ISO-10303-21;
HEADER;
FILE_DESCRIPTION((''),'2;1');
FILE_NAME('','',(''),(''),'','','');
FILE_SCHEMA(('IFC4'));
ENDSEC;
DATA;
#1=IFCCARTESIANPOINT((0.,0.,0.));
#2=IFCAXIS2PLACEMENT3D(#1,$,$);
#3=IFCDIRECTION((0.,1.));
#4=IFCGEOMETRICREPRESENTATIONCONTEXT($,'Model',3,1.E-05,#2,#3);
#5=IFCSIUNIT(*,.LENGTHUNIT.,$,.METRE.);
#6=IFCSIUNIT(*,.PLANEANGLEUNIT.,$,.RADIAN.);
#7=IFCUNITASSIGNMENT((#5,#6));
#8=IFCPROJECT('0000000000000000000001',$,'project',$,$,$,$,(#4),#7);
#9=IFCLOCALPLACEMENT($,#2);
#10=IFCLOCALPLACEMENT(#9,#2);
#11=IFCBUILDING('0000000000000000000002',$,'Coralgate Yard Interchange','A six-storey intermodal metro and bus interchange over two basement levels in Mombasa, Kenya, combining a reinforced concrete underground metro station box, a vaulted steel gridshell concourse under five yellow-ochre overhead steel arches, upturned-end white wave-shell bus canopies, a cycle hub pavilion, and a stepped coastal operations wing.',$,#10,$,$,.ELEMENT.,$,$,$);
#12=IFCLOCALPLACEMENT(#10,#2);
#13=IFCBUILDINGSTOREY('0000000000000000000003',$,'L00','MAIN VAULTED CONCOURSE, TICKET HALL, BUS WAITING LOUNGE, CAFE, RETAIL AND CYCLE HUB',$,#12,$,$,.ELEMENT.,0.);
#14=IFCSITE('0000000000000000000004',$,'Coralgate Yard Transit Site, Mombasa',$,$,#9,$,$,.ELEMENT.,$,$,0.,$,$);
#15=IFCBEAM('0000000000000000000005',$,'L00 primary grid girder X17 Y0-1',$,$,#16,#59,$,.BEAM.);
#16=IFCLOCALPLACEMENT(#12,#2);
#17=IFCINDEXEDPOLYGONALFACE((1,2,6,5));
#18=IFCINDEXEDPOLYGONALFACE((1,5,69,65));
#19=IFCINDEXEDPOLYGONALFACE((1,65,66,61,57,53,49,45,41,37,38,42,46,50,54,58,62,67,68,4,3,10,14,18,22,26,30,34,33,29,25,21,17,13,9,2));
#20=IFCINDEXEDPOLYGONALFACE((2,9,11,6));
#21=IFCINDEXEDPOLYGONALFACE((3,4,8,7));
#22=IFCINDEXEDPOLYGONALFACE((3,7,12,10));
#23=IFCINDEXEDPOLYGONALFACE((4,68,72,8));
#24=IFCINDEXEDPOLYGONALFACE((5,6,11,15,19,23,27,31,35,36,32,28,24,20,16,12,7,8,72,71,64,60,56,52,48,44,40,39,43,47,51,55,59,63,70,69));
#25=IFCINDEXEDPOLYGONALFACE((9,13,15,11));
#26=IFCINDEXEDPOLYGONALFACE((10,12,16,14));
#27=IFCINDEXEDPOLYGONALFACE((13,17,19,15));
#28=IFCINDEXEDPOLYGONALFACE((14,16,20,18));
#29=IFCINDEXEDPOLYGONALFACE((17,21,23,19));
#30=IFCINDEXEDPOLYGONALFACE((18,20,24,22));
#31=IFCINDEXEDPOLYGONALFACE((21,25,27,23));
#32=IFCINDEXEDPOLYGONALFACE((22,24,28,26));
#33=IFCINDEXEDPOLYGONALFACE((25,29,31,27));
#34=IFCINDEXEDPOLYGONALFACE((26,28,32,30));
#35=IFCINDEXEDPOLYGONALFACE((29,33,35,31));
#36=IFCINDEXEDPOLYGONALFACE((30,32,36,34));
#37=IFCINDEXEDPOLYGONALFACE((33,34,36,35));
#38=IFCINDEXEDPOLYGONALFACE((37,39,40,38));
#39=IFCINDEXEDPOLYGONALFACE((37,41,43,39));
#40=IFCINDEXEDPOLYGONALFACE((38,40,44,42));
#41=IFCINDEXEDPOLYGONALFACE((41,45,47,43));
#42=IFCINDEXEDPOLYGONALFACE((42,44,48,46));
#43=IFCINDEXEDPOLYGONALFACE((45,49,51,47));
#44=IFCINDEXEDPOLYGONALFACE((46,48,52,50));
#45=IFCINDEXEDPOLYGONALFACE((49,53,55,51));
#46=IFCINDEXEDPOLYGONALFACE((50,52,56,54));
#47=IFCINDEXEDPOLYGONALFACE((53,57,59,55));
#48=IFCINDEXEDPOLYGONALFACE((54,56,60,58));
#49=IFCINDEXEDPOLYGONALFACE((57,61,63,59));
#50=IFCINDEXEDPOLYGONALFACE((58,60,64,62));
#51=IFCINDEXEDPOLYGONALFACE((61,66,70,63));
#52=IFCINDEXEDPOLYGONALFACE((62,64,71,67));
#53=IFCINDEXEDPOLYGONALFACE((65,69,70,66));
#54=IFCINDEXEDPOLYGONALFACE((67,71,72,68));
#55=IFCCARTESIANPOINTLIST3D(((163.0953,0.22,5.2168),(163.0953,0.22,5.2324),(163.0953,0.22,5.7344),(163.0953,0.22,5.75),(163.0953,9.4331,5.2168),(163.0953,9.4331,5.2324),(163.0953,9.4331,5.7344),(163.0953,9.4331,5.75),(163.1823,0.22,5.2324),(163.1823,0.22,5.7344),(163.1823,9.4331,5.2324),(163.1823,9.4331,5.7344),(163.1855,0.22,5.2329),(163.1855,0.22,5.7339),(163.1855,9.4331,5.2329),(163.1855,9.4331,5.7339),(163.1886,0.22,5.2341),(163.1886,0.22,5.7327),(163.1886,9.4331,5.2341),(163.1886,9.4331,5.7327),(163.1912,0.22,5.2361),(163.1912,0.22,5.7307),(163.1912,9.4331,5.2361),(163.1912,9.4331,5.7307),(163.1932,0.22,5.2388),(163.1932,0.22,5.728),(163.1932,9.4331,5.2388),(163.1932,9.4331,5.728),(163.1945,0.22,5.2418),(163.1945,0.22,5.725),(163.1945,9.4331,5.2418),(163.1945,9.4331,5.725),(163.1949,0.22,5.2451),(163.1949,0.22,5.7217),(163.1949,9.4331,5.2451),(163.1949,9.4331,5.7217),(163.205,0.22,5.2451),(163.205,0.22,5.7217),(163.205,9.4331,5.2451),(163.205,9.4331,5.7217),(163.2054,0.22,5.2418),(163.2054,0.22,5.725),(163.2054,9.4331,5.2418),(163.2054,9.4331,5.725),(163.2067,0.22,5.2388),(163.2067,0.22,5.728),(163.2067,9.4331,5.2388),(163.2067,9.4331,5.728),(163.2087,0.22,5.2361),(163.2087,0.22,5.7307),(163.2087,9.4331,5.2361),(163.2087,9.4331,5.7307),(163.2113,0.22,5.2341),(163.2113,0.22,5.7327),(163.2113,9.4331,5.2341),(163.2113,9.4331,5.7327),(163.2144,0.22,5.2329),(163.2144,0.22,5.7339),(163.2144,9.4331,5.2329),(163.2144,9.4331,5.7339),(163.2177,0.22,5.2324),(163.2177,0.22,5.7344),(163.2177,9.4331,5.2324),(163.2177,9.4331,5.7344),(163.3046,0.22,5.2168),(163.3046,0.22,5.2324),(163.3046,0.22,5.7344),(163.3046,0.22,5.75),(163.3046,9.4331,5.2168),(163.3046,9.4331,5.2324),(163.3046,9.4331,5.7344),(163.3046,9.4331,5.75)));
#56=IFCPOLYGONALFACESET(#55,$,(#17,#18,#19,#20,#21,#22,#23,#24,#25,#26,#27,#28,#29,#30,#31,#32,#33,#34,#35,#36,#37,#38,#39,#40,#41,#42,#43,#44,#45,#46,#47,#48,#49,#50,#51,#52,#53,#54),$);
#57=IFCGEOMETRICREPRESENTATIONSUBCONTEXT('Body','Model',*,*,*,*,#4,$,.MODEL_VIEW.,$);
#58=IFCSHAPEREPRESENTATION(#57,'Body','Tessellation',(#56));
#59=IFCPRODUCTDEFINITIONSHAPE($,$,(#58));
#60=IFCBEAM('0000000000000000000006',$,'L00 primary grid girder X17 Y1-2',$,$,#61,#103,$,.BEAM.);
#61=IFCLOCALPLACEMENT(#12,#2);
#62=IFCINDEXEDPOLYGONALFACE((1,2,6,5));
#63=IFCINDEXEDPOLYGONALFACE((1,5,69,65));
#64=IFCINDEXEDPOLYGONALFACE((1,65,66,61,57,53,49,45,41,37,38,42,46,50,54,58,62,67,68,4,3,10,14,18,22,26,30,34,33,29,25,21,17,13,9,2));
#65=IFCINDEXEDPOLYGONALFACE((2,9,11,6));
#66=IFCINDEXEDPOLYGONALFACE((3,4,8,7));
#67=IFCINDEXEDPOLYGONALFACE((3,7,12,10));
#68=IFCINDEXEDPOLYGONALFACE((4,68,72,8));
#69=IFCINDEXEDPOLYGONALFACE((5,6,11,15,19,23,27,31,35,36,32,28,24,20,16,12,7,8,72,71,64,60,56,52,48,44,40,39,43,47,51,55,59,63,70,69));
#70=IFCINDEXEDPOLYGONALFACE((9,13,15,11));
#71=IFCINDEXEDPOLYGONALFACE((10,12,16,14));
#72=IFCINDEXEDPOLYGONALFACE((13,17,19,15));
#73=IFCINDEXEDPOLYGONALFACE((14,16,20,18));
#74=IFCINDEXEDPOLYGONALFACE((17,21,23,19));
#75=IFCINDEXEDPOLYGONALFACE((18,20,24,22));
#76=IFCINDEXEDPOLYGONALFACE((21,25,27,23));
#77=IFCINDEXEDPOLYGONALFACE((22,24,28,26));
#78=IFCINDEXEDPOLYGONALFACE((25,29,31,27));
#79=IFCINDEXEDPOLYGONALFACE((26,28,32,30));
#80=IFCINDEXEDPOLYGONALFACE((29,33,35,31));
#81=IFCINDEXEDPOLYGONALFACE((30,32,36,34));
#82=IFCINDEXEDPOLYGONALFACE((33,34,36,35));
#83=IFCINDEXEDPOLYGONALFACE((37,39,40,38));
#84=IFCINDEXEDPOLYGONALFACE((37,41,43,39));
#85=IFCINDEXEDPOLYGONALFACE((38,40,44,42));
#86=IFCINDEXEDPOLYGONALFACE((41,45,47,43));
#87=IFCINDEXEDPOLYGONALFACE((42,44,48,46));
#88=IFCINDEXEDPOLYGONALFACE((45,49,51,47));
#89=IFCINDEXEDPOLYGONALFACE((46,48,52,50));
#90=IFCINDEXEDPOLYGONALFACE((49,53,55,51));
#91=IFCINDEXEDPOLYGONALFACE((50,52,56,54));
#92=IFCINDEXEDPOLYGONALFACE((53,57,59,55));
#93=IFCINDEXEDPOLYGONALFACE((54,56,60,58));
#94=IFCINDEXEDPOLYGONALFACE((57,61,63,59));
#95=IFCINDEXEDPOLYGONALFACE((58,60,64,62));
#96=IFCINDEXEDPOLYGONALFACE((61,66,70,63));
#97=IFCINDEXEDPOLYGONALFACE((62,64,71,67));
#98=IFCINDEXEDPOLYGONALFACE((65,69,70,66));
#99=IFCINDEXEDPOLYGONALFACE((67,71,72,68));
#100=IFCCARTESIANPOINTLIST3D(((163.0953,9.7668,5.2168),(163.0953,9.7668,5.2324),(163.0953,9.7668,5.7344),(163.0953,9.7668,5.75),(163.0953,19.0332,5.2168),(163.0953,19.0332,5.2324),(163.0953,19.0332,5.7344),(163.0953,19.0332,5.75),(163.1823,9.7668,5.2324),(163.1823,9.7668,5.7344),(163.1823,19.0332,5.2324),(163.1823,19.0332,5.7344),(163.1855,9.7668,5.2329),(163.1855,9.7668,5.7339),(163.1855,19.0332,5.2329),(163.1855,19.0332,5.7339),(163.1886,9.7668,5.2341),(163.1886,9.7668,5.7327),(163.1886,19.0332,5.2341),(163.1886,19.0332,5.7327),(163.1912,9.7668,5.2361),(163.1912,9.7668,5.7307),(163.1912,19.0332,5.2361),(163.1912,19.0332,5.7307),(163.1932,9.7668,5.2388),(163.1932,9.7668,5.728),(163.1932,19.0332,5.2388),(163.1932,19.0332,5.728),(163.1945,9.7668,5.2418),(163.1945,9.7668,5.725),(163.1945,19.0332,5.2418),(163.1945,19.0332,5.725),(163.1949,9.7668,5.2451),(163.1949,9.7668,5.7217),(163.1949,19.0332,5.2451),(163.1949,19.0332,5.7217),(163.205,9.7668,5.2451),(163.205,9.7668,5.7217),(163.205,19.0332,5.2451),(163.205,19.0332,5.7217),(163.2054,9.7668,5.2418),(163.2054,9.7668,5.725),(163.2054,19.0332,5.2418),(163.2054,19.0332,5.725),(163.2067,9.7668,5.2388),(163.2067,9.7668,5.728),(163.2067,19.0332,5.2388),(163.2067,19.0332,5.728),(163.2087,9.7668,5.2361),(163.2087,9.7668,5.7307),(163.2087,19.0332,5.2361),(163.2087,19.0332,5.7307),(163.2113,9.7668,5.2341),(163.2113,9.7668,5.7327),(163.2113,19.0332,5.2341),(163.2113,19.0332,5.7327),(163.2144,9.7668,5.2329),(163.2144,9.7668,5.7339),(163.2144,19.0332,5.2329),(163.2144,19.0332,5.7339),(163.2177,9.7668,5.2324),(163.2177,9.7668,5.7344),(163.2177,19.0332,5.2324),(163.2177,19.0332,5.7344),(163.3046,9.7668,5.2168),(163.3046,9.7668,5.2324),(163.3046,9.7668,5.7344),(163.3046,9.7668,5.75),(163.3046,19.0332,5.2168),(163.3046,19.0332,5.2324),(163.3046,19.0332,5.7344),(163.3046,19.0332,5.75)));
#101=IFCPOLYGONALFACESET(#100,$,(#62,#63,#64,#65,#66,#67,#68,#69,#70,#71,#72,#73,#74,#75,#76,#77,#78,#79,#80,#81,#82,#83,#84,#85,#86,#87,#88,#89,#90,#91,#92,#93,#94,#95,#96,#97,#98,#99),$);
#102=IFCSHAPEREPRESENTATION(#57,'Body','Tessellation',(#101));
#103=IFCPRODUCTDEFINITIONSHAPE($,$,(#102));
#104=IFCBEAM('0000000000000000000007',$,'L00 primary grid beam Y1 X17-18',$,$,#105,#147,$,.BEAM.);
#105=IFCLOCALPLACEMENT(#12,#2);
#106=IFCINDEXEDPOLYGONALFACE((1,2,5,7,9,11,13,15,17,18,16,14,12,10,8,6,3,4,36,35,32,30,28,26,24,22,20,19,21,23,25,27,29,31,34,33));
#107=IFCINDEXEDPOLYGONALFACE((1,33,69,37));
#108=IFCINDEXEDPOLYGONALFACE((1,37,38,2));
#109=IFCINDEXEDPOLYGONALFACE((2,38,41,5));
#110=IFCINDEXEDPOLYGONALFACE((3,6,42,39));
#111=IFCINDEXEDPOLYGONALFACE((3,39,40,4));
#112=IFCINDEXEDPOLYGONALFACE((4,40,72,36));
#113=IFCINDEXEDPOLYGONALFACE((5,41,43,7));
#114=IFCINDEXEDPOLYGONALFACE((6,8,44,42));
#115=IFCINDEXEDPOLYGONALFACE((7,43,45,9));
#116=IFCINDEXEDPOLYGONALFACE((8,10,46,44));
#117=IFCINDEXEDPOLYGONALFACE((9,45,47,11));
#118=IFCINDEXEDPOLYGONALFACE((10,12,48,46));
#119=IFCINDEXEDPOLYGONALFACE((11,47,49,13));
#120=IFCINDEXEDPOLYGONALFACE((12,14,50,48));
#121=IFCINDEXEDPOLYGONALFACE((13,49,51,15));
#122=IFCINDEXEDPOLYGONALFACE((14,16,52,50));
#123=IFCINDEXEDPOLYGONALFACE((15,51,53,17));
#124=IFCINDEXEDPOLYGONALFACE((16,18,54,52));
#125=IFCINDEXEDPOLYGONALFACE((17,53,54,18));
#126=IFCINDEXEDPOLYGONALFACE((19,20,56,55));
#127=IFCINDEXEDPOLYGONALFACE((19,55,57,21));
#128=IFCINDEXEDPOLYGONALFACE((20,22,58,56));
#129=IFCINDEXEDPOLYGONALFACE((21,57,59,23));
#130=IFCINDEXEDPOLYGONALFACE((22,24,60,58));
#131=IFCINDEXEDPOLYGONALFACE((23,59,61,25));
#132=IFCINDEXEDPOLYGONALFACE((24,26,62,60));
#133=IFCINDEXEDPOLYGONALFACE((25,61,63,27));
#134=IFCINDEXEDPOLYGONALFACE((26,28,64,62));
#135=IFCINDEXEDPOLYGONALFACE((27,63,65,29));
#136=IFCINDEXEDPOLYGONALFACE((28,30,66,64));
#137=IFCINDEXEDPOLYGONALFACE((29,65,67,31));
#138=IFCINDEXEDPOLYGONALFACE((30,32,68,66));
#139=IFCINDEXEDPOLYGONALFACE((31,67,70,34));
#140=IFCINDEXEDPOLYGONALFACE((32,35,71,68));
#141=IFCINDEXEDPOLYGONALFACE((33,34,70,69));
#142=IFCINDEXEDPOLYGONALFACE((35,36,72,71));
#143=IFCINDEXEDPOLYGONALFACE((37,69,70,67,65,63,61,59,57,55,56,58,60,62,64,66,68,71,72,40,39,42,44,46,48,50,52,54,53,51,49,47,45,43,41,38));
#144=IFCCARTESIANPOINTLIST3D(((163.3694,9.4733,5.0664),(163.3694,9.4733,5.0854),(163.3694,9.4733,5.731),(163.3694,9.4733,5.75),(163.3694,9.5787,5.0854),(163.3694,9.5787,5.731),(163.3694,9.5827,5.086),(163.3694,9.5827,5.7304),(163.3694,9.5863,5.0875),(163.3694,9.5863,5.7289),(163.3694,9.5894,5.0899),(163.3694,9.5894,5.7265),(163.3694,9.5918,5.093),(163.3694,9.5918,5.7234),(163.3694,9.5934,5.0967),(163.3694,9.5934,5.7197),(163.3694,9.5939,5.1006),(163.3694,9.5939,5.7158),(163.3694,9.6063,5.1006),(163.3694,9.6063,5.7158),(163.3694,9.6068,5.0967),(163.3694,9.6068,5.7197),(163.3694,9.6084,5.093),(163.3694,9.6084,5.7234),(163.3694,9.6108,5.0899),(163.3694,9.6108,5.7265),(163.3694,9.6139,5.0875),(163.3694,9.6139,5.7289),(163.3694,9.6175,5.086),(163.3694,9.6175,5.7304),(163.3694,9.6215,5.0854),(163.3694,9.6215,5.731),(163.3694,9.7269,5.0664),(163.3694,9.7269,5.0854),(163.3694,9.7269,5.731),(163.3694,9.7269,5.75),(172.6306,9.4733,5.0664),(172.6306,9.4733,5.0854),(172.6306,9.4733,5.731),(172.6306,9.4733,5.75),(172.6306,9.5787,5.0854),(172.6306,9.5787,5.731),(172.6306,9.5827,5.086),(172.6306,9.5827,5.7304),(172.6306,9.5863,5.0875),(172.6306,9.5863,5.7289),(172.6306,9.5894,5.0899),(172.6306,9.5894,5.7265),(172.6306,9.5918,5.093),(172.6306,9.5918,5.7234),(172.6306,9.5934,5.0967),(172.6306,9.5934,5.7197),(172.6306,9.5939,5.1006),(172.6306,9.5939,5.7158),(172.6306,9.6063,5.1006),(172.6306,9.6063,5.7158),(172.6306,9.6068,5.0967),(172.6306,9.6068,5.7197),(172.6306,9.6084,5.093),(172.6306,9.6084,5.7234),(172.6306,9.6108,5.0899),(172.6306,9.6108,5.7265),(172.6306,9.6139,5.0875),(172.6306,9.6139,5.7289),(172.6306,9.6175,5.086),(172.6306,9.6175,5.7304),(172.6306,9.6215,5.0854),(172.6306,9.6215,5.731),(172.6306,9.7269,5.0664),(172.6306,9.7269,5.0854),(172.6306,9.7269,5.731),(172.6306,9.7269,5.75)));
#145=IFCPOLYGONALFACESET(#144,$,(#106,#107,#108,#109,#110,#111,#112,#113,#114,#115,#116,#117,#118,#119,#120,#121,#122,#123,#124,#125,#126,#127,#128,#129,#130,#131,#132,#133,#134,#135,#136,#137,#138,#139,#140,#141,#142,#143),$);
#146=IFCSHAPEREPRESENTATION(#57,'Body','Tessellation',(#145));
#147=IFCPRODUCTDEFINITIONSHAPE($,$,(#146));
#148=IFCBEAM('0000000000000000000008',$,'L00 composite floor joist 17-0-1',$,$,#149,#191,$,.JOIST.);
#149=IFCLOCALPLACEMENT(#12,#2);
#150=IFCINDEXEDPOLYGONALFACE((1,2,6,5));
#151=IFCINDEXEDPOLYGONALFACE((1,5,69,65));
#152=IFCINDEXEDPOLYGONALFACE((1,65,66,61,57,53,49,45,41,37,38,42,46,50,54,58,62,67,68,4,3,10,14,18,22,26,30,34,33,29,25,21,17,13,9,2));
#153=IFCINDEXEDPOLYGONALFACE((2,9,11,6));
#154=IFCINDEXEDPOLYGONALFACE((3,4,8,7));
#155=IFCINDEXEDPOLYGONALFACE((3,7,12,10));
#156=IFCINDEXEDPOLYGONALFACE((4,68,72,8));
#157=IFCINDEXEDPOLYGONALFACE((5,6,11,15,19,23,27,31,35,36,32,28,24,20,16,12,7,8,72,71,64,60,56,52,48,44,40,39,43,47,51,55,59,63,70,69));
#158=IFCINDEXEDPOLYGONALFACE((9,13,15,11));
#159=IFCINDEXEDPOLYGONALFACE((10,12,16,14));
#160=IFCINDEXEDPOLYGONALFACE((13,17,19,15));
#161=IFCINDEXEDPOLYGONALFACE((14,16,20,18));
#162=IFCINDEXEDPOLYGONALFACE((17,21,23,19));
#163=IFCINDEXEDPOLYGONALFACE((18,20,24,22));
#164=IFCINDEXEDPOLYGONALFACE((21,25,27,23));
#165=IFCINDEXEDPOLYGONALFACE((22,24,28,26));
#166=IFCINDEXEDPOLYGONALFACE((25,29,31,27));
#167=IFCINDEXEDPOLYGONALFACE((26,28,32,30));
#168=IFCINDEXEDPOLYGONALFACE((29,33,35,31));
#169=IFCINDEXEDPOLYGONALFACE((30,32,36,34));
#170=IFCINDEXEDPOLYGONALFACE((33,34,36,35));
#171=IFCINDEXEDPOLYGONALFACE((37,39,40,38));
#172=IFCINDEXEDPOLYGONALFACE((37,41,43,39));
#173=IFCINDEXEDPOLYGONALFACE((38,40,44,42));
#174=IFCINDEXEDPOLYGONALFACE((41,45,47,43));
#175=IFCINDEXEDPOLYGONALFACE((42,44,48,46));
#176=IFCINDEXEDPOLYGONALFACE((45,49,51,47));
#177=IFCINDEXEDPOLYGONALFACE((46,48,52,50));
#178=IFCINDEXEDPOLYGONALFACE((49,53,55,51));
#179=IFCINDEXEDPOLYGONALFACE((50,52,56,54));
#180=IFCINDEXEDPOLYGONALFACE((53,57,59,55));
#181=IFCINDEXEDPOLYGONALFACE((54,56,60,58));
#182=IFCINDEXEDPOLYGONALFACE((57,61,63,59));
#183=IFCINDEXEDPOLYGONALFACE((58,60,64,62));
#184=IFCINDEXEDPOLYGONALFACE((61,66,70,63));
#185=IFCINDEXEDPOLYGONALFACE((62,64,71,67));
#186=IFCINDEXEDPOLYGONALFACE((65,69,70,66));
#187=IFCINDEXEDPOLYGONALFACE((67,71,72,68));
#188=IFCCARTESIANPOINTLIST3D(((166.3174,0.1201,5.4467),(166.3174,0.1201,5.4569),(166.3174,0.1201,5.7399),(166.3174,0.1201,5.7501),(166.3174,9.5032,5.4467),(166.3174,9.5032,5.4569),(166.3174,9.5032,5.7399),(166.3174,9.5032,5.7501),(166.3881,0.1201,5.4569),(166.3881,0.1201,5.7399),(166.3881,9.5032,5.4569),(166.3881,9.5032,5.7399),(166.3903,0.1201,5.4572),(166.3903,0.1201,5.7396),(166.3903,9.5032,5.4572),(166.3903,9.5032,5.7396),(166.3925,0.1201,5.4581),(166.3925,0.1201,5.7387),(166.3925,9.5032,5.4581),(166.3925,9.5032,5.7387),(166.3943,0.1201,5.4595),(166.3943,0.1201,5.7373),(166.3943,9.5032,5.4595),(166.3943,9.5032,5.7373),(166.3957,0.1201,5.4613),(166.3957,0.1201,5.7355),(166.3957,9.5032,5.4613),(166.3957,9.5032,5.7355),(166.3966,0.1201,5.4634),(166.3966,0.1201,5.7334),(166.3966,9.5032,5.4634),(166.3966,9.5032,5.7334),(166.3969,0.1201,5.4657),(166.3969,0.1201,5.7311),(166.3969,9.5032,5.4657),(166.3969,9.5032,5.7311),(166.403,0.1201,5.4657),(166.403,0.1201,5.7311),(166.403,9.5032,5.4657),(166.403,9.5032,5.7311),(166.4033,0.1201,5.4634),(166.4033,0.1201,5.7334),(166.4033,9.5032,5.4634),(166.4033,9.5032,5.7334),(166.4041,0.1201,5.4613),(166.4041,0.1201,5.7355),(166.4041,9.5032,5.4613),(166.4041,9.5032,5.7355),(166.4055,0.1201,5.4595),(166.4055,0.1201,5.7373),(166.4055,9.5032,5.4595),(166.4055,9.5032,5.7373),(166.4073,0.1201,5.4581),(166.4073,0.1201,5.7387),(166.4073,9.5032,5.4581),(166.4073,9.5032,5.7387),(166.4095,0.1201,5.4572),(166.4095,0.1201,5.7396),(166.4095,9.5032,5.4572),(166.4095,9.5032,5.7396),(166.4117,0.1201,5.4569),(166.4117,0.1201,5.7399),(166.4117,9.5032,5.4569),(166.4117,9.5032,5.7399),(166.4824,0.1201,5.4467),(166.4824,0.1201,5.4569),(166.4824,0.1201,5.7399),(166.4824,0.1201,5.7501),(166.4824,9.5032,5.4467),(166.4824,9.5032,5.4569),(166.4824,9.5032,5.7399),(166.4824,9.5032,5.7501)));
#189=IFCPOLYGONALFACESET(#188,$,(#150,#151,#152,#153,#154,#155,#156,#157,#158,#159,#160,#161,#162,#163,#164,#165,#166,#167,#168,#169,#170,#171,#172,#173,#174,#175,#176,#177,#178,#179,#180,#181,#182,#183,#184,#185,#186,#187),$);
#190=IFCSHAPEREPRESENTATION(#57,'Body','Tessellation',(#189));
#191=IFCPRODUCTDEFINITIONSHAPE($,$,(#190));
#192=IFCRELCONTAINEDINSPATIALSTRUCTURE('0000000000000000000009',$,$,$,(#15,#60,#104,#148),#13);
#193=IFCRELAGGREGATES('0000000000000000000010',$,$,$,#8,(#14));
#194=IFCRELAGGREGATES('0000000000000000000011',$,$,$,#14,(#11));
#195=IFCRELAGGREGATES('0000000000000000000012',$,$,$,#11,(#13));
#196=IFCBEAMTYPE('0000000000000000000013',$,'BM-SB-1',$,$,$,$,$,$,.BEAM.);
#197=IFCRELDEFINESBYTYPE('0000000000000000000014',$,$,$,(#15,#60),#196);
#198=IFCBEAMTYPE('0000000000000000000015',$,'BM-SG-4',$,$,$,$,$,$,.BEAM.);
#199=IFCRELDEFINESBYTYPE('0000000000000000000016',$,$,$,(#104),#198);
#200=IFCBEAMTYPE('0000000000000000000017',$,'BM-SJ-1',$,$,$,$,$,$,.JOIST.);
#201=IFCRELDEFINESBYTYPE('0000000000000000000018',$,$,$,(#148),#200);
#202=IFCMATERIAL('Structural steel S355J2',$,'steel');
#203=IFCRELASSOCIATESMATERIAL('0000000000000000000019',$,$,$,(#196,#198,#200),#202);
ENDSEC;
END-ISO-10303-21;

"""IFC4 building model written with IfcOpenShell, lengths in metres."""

from ifc_helpers import new_model, si_unit, direction, frame, origin, origin_2d, place, context, subcontext, project, spatial, i_section, extrude, material, material_profile, profile_set, type_object, element, save


model = new_model("IFC4")

# Units and contexts
model_context = context("Model", 3, precision=1e-05, world=origin(), true_north=direction((0.0, 1.0)))
body_context = subcontext(model_context, "Body", "Model", "MODEL_VIEW")
ifc_project = project(units=[si_unit("LENGTHUNIT", "METRE"), si_unit("PLANEANGLEUNIT", "RADIAN")], contexts=[model_context])

# Site, building, storey
site_placement = place(None, origin())
site = spatial("IfcSite", under=ifc_project, at=site_placement, Name="Coralgate Yard Transit Site, Mombasa", CompositionType="ELEMENT", RefElevation=0.0)
building_placement = place(site_placement, origin())
building = spatial("IfcBuilding", under=site, at=building_placement, Name="Coralgate Yard Interchange", Description="A six-storey intermodal metro and bus interchange over two basement levels in Mombasa, Kenya, combining a reinforced concrete underground metro station box, a vaulted steel gridshell concourse under five yellow-ochre overhead steel arches, upturned-end white wave-shell bus canopies, a cycle hub pavilion, and a stepped coastal operations wing.", CompositionType="ELEMENT")
storey_placement = place(building_placement, origin())
storey = spatial("IfcBuildingStorey", under=building, at=storey_placement, Name="L00", Description="MAIN VAULTED CONCOURSE, TICKET HALL, BUS WAITING LOUNGE, CAFE, RETAIL AND CYCLE HUB", CompositionType="ELEMENT", Elevation=0.0)

# Shared definitions
ifc_material_1 = material(Name="Structural steel S355J2", Category="steel")

# Beams
ifc_material_profile_1 = material_profile(ifc_material_1, i_section(OverallWidth=0.2092, OverallDepth=0.5332, WebThickness=0.01, FlangeThickness=0.0156, FilletRadius=0.0127, at=origin_2d()), Name="UB 533x210x92")
ifc_profile_set_1 = profile_set([ifc_material_profile_1], Name="Structural steel S355J2")
beam_type_1 = type_object("IfcBeamType", Name="BM-SB-1", PredefinedType="BEAM", material=ifc_profile_set_1)
beam_1_placement = place(storey_placement, frame((163.2, 0.22, 5.4834), z_axis=(0.0, 1.0, 0.0), x_axis=(-1.0, 0.0, 0.0)))
element("IfcBeam", 1, at=beam_1_placement, inside=storey, type_object=beam_type_1, Name="L00 primary grid girder X17 Y0-1", PredefinedType="BEAM", context=body_context, shape_type="SweptSolid", body=[
    extrude(i_section(OverallWidth=0.2092, OverallDepth=0.5332, WebThickness=0.01, FlangeThickness=0.0156, FilletRadius=0.0127, at=origin_2d()), origin(), (0.0, 0.0, 1.0), 9.2131),
])
beam_2_placement = place(storey_placement, frame((163.2, 9.7668, 5.4834), z_axis=(0.0, 1.0, 0.0), x_axis=(-1.0, 0.0, 0.0)))
element("IfcBeam", 2, at=beam_2_placement, inside=storey, type_object=beam_type_1, Name="L00 primary grid girder X17 Y1-2", PredefinedType="BEAM", context=body_context, shape_type="SweptSolid", body=[
    extrude(i_section(OverallWidth=0.2092, OverallDepth=0.5332, WebThickness=0.01, FlangeThickness=0.0156, FilletRadius=0.0127, at=origin_2d()), origin(), (0.0, 0.0, 1.0), 9.2664),
])
ifc_material_profile_2 = material_profile(ifc_material_1, i_section(OverallWidth=0.2537, OverallDepth=0.6836, WebThickness=0.0125, FlangeThickness=0.019, FilletRadius=0.0151, at=origin_2d()), Name="UB 686x254x140")
ifc_profile_set_2 = profile_set([ifc_material_profile_2], Name="Structural steel S355J2")
beam_type_2 = type_object("IfcBeamType", Name="BM-SG-4", PredefinedType="BEAM", material=ifc_profile_set_2)
beam_3_placement = place(storey_placement, frame((163.3694, 9.6001, 5.4082), z_axis=(1.0, 0.0, 0.0), x_axis=(0.0, 1.0, 0.0)))
element("IfcBeam", 3, at=beam_3_placement, inside=storey, type_object=beam_type_2, Name="L00 primary grid beam Y1 X17-18", PredefinedType="BEAM", context=body_context, shape_type="SweptSolid", body=[
    extrude(i_section(OverallWidth=0.2537, OverallDepth=0.6836, WebThickness=0.0125, FlangeThickness=0.019, FilletRadius=0.0151, at=origin_2d()), origin(), (0.0, 0.0, 1.0), 9.2612),
])
ifc_material_profile_3 = material_profile(ifc_material_1, i_section(OverallWidth=0.165, OverallDepth=0.3035, WebThickness=0.0061, FlangeThickness=0.0103, FilletRadius=0.0088, at=origin_2d()), Name="UB 305x165x40")
ifc_profile_set_3 = profile_set([ifc_material_profile_3], Name="Structural steel S355J2")
beam_type_3 = type_object("IfcBeamType", Name="BM-SJ-1", PredefinedType="JOIST", material=ifc_profile_set_3)
for number, where, z_axis, x_axis, name in (
    (4, (166.3999, 0.1201, 5.5984), (0.0, 1.0, 0.0), (-1.0, 0.0, 0.0), "L00 composite floor joist 17-0-1"),
):
    element("IfcBeam", number, at=place(storey_placement, frame(where, z_axis=z_axis, x_axis=x_axis)), inside=storey, type_object=beam_type_3, Name=name, PredefinedType="JOIST", context=body_context, shape_type="SweptSolid", body=[
        extrude(i_section(OverallWidth=0.165, OverallDepth=0.3035, WebThickness=0.0061, FlangeThickness=0.0103, FilletRadius=0.0088, at=origin_2d()), origin(), (0.0, 0.0, 1.0), 9.3831),
    ])

save(model, "model.ifc")
